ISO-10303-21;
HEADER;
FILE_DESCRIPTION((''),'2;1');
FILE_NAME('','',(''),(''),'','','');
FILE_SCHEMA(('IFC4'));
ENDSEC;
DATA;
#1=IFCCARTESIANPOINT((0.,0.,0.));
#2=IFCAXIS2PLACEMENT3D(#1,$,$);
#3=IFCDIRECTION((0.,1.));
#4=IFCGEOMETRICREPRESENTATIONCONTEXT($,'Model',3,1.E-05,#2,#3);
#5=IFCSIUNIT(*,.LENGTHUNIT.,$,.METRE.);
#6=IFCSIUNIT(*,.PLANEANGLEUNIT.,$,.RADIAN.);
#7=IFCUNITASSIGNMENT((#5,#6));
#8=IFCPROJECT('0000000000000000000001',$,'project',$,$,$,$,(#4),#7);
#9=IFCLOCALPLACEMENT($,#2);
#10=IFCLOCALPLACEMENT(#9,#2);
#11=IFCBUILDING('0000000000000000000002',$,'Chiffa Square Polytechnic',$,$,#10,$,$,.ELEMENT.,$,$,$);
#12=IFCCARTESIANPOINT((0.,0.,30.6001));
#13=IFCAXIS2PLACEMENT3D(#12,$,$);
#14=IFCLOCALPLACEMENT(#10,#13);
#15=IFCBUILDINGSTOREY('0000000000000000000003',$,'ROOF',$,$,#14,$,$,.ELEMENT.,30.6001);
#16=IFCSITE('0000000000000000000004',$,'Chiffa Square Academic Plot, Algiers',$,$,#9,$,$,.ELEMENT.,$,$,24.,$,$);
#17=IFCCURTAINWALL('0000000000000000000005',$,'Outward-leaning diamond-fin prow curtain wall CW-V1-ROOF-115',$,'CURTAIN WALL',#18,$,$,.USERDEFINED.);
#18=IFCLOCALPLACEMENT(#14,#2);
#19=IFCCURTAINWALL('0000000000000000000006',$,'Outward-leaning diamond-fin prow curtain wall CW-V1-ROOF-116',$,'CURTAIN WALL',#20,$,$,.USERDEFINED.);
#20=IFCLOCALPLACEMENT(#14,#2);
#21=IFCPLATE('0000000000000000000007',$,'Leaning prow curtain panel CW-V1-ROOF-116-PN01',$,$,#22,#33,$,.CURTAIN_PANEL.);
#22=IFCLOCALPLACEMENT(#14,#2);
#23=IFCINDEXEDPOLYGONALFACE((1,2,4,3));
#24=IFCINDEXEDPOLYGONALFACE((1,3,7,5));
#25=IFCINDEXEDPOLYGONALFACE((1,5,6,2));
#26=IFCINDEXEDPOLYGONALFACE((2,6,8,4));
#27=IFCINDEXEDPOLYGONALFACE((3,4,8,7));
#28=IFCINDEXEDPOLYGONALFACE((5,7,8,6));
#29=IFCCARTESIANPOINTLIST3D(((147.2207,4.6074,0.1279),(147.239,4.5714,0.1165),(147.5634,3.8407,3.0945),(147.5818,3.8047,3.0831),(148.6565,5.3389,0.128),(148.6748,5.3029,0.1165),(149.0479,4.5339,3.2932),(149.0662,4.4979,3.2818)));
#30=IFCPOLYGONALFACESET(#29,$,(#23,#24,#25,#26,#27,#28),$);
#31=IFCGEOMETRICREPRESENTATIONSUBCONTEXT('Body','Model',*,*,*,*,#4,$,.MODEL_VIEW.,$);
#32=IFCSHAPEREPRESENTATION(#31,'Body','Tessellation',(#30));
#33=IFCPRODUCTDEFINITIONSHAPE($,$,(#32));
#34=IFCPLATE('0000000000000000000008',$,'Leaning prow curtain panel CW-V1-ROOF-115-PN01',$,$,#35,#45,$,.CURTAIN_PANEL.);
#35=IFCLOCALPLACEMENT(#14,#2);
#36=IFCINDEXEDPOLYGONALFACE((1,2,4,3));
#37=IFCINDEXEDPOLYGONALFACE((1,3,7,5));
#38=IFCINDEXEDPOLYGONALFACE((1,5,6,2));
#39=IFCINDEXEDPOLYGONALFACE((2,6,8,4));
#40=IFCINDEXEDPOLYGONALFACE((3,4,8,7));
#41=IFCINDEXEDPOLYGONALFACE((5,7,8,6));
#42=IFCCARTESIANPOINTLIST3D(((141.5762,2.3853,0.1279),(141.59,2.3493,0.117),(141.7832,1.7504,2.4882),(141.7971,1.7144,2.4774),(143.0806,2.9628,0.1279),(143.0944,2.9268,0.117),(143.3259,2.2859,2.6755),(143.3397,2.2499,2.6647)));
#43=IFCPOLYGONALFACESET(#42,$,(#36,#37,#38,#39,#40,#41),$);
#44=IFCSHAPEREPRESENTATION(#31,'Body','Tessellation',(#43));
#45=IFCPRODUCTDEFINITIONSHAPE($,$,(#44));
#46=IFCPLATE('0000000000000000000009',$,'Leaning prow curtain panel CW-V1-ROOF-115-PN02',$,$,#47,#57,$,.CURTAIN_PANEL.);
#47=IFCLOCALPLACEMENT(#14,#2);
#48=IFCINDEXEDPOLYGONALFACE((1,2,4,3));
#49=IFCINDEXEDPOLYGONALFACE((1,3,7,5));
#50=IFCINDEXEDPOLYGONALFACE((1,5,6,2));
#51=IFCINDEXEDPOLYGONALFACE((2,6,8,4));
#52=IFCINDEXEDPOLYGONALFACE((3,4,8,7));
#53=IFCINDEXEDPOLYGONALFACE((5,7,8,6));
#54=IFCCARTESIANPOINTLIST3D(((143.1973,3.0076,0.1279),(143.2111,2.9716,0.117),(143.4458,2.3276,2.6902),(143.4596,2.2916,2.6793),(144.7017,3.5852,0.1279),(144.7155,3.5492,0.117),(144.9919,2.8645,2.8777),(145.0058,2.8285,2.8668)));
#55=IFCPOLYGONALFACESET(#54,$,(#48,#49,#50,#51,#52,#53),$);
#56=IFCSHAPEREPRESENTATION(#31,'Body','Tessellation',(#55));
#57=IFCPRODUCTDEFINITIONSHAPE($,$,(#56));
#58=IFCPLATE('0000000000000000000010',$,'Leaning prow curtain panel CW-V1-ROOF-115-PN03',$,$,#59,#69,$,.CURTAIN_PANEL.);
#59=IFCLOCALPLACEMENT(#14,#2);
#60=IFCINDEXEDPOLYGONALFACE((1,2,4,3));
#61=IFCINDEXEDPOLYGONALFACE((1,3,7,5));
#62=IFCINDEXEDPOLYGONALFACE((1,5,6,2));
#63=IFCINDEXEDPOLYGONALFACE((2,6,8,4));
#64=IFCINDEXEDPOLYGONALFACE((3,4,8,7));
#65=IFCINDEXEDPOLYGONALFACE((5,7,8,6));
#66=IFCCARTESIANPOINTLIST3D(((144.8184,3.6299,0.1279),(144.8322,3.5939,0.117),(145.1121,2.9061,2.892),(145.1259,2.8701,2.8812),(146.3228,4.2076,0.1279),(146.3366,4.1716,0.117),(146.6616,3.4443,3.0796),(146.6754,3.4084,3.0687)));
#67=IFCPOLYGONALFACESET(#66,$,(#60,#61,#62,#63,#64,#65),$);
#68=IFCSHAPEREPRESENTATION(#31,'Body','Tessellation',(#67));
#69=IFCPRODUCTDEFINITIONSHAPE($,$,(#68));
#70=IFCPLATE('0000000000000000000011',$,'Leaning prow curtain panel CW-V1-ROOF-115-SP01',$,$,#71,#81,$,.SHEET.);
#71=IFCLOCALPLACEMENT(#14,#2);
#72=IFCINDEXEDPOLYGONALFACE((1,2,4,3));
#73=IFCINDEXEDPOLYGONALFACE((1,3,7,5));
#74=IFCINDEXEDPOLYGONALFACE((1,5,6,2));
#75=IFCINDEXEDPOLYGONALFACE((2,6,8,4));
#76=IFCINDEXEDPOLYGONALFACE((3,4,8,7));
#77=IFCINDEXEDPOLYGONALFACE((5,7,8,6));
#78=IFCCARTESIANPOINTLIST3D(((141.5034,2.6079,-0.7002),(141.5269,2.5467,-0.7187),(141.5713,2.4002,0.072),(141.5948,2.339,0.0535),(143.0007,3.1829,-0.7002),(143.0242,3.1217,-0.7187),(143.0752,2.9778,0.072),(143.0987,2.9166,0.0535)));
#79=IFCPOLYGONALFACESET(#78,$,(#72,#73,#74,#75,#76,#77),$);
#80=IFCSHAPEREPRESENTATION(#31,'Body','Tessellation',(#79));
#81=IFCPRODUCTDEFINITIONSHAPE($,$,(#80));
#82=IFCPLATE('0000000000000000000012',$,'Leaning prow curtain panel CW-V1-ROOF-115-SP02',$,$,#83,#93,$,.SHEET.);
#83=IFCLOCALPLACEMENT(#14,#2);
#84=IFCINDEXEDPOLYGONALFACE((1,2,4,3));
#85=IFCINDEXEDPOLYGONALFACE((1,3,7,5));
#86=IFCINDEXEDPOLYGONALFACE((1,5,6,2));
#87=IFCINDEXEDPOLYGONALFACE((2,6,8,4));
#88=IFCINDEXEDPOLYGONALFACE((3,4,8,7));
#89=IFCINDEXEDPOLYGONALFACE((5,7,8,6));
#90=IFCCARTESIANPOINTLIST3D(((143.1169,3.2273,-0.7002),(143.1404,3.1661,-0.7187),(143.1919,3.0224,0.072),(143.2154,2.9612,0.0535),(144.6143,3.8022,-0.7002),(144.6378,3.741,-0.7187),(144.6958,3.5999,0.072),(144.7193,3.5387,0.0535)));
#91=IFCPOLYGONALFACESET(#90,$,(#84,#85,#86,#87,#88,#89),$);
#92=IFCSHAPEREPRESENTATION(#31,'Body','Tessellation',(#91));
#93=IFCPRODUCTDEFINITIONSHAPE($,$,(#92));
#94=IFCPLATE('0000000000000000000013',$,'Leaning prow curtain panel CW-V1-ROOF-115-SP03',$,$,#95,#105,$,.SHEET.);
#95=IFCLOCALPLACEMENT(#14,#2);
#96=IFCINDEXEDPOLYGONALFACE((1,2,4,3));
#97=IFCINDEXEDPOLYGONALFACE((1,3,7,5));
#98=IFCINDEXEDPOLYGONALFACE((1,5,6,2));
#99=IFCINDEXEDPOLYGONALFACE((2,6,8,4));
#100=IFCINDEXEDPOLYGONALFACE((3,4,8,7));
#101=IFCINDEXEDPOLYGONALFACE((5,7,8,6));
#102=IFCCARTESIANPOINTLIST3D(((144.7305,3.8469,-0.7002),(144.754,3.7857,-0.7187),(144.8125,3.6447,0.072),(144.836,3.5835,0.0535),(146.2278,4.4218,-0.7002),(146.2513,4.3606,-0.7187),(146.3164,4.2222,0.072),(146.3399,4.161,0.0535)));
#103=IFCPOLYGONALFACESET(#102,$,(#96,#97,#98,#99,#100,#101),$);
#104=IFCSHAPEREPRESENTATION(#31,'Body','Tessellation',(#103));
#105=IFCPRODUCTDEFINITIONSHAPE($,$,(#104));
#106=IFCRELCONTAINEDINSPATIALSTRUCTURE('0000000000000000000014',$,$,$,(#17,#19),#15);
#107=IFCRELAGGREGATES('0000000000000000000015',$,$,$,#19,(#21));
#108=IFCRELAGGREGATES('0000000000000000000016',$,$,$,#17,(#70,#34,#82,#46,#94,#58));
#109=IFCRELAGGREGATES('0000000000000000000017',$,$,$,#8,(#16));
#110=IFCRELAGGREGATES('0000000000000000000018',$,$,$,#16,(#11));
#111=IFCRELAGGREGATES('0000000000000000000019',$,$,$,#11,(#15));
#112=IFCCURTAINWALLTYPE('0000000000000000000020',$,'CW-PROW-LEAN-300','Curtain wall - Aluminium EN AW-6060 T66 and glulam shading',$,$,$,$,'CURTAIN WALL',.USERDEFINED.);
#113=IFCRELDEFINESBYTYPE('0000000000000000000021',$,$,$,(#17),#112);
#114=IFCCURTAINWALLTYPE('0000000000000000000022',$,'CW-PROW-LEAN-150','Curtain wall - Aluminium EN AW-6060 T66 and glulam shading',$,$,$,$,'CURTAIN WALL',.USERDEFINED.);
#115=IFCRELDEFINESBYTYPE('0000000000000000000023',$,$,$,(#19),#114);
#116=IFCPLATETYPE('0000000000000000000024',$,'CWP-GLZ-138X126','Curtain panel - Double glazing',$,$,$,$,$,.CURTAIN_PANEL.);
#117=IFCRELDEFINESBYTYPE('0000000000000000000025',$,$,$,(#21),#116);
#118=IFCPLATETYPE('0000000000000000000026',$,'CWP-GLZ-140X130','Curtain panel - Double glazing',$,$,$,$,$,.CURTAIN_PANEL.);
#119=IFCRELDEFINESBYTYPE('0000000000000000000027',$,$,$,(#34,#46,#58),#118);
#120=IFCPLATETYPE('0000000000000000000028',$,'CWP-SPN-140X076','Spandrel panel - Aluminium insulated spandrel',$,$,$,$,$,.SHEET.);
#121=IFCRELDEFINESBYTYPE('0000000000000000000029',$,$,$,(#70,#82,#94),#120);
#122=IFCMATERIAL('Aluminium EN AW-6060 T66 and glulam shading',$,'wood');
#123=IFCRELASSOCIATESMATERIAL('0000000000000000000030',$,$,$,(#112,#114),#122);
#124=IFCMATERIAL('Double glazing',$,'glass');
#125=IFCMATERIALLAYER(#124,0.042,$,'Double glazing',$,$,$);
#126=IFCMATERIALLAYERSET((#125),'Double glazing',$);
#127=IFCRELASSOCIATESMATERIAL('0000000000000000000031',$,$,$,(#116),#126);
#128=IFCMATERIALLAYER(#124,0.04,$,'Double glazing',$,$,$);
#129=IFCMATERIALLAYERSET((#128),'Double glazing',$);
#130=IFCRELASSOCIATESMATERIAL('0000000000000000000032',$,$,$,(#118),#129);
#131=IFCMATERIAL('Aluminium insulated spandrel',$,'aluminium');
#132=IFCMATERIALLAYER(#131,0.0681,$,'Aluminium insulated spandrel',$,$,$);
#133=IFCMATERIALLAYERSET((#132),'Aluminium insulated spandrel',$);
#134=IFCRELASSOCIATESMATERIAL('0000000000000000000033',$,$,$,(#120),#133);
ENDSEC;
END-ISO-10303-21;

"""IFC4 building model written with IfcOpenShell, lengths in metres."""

from ifc_helpers import new_model, si_unit, direction, frame, origin, place, context, subcontext, project, spatial, polyline, outline, extrude, material, layer, layer_set, type_object, element, aggregate, save


model = new_model("IFC4")

# Units and contexts
model_context = context("Model", 3, precision=1e-05, world=origin(), true_north=direction((0.0, 1.0)))
body_context = subcontext(model_context, "Body", "Model", "MODEL_VIEW")
ifc_project = project(units=[si_unit("LENGTHUNIT", "METRE"), si_unit("PLANEANGLEUNIT", "RADIAN")], contexts=[model_context])

# Site, building, storey
site_placement = place(None, origin())
site = spatial("IfcSite", under=ifc_project, at=site_placement, Name="Chiffa Square Academic Plot, Algiers", CompositionType="ELEMENT", RefElevation=24.0)
building_placement = place(site_placement, origin())
building = spatial("IfcBuilding", under=site, at=building_placement, Name="Chiffa Square Polytechnic", CompositionType="ELEMENT")
storey_placement = place(building_placement, frame((0.0, 0.0, 30.6001)))
storey = spatial("IfcBuildingStorey", under=building, at=storey_placement, Name="ROOF", CompositionType="ELEMENT", Elevation=30.6001)

# Curtain walls
ifc_material_1 = material(Name="Aluminium EN AW-6060 T66 and glulam shading", Category="wood")
curtain_wall_type_1 = type_object("IfcCurtainWallType", Name="CW-PROW-LEAN-300", Description="Curtain wall - Aluminium EN AW-6060 T66 and glulam shading", ElementType="CURTAIN WALL", PredefinedType="USERDEFINED", material=ifc_material_1)
curtain_wall_1_placement = place(storey_placement, origin())
curtain_wall_1 = element("IfcCurtainWall", 1, at=curtain_wall_1_placement, inside=storey, type_object=curtain_wall_type_1, Name="Outward-leaning diamond-fin prow curtain wall CW-V1-ROOF-115", ObjectType="CURTAIN WALL", PredefinedType="USERDEFINED")
curtain_wall_type_2 = type_object("IfcCurtainWallType", Name="CW-PROW-LEAN-150", Description="Curtain wall - Aluminium EN AW-6060 T66 and glulam shading", ElementType="CURTAIN WALL", PredefinedType="USERDEFINED", material=ifc_material_1)
curtain_wall_2_placement = place(storey_placement, origin())
curtain_wall_2 = element("IfcCurtainWall", 2, at=curtain_wall_2_placement, inside=storey, type_object=curtain_wall_type_2, Name="Outward-leaning diamond-fin prow curtain wall CW-V1-ROOF-116", ObjectType="CURTAIN WALL", PredefinedType="USERDEFINED")

# Plates
ifc_material_2 = material(Name="Double glazing", Category="glass")
ifc_layer_1 = layer(ifc_material_2, 0.042, Name="Double glazing")
ifc_layer_set_1 = layer_set([ifc_layer_1], Name="Double glazing")
plate_type_1 = type_object("IfcPlateType", Name="CWP-GLZ-138X126", Description="Curtain panel - Double glazing", PredefinedType="CURTAIN_PANEL", material=ifc_layer_set_1)
plate_1_placement = place(storey_placement, frame((147.2207, 4.6074, 0.1279), z_axis=(-0.436856, 0.857397, 0.272079), x_axis=(0.891012, 0.453979, 0.000016)))
plate_1 = element("IfcPlate", 3, at=plate_1_placement, type_object=plate_type_1, Name="Leaning prow curtain panel CW-V1-ROOF-116-PN01", PredefinedType="CURTAIN_PANEL", context=body_context, shape_type="SweptSolid", body=[
    extrude(outline(polyline([(0.0, 0.0), (1.6114, 0.0), (1.5947, -3.2893), (-0.0427, -3.0829), (0.0, 0.0)])), origin(), (0.0, 0.0, -1.0), 0.042),
])
aggregate(curtain_wall_2, [plate_1])
ifc_layer_2 = layer(ifc_material_2, 0.04, Name="Double glazing")
ifc_layer_set_2 = layer_set([ifc_layer_2], Name="Double glazing")
plate_type_2 = type_object("IfcPlateType", Name="CWP-GLZ-140X130", Description="Curtain panel - Double glazing", PredefinedType="CURTAIN_PANEL", material=ifc_layer_set_2)
plate_2_placement = place(storey_placement, frame((141.5762, 2.3853, 0.1279), z_axis=(-0.344874, 0.898403, 0.271908), x_axis=(0.933575, 0.358382, -0.000021)))
plate_2 = element("IfcPlate", 4, at=plate_2_placement, type_object=plate_type_2, Name="Leaning prow curtain panel CW-V1-ROOF-115-PN01", PredefinedType="CURTAIN_PANEL", context=body_context, shape_type="SweptSolid", body=[
    extrude(outline(polyline([(0.0, 0.0), (1.6115, 0.0), (1.5979, -2.6474), (-0.0343, -2.4527), (0.0, 0.0)])), origin(), (0.0, 0.0, -1.0), 0.04),
])
plate_3_placement = place(storey_placement, frame((143.1973, 3.0076, 0.1279), z_axis=(-0.344934, 0.898391, 0.27187), x_axis=(0.933554, 0.358436, -0.000005)))
plate_3 = element("IfcPlate", 5, at=plate_3_placement, type_object=plate_type_2, Name="Leaning prow curtain panel CW-V1-ROOF-115-PN02", PredefinedType="CURTAIN_PANEL", context=body_context, shape_type="SweptSolid", body=[
    extrude(outline(polyline([(0.0, 0.0), (1.6115, 0.0), (1.6241, -2.8574), (-0.0117, -2.6625), (0.0, 0.0)])), origin(), (0.0, 0.0, -1.0), 0.04),
])
plate_4_placement = place(storey_placement, frame((144.8184, 3.6299, 0.1279), z_axis=(-0.344972, 0.898367, 0.271902), x_axis=(0.933535, 0.358486, -0.00003)))
plate_4 = element("IfcPlate", 6, at=plate_4_placement, type_object=plate_type_2, Name="Leaning prow curtain panel CW-V1-ROOF-115-PN03", PredefinedType="CURTAIN_PANEL", context=body_context, shape_type="SweptSolid", body=[
    extrude(outline(polyline([(0.0, 0.0), (1.6116, 0.0), (1.6541, -3.0673), (0.0147, -2.8723), (0.0, 0.0)])), origin(), (0.0, 0.0, -1.0), 0.04),
])
ifc_material_3 = material(Name="Aluminium insulated spandrel", Category="aluminium")
ifc_layer_3 = layer(ifc_material_3, 0.0681, Name="Aluminium insulated spandrel")
ifc_layer_set_3 = layer_set([ifc_layer_3], Name="Aluminium insulated spandrel")
plate_type_3 = type_object("IfcPlateType", Name="CWP-SPN-140X076", Description="Spandrel panel - Aluminium insulated spandrel", PredefinedType="SHEET", material=ifc_layer_set_3)
plate_5_placement = place(storey_placement, frame((141.5034, 2.6079, -0.7002), z_axis=(-0.345001, 0.898347, 0.271932), x_axis=(0.933527, 0.358508, 0.000012)))
plate_5 = element("IfcPlate", 7, at=plate_5_placement, type_object=plate_type_3, Name="Leaning prow curtain panel CW-V1-ROOF-115-SP01", PredefinedType="SHEET", context=body_context, shape_type="SweptSolid", body=[
    extrude(outline(polyline([(0.0, 0.0), (1.6039, 0.0), (1.5999, -0.8024), (-0.0111, -0.8025), (0.0, 0.0)])), origin(), (0.0, 0.0, -1.0), 0.0681),
])
plate_6_placement = place(storey_placement, frame((143.1169, 3.2273, -0.7002), z_axis=(-0.344947, 0.898397, 0.271836), x_axis=(0.93355, 0.358446, -0.000007)))
plate_6 = element("IfcPlate", 8, at=plate_6_placement, type_object=plate_type_3, Name="Leaning prow curtain panel CW-V1-ROOF-115-SP02", PredefinedType="SHEET", context=body_context, shape_type="SweptSolid", body=[
    extrude(outline(polyline([(0.0, 0.0), (1.6039, 0.0), (1.6075, -0.8024), (-0.0035, -0.8024), (0.0, 0.0)])), origin(), (0.0, 0.0, -1.0), 0.0681),
])
plate_7_placement = place(storey_placement, frame((144.7305, 3.8469, -0.7002), z_axis=(-0.344943, 0.898387, 0.271872), x_axis=(0.93355, 0.358446, -0.000007)))
plate_7 = element("IfcPlate", 9, at=plate_7_placement, type_object=plate_type_3, Name="Leaning prow curtain panel CW-V1-ROOF-115-SP03", PredefinedType="SHEET", context=body_context, shape_type="SweptSolid", body=[
    extrude(outline(polyline([(0.0, 0.0), (1.6039, 0.0), (1.6151, -0.8025), (0.0041, -0.8024), (0.0, 0.0)])), origin(), (0.0, 0.0, -1.0), 0.0681),
])
aggregate(curtain_wall_1, [plate_5, plate_2, plate_6, plate_3, plate_7, plate_4])

save(model, "model.ifc")
